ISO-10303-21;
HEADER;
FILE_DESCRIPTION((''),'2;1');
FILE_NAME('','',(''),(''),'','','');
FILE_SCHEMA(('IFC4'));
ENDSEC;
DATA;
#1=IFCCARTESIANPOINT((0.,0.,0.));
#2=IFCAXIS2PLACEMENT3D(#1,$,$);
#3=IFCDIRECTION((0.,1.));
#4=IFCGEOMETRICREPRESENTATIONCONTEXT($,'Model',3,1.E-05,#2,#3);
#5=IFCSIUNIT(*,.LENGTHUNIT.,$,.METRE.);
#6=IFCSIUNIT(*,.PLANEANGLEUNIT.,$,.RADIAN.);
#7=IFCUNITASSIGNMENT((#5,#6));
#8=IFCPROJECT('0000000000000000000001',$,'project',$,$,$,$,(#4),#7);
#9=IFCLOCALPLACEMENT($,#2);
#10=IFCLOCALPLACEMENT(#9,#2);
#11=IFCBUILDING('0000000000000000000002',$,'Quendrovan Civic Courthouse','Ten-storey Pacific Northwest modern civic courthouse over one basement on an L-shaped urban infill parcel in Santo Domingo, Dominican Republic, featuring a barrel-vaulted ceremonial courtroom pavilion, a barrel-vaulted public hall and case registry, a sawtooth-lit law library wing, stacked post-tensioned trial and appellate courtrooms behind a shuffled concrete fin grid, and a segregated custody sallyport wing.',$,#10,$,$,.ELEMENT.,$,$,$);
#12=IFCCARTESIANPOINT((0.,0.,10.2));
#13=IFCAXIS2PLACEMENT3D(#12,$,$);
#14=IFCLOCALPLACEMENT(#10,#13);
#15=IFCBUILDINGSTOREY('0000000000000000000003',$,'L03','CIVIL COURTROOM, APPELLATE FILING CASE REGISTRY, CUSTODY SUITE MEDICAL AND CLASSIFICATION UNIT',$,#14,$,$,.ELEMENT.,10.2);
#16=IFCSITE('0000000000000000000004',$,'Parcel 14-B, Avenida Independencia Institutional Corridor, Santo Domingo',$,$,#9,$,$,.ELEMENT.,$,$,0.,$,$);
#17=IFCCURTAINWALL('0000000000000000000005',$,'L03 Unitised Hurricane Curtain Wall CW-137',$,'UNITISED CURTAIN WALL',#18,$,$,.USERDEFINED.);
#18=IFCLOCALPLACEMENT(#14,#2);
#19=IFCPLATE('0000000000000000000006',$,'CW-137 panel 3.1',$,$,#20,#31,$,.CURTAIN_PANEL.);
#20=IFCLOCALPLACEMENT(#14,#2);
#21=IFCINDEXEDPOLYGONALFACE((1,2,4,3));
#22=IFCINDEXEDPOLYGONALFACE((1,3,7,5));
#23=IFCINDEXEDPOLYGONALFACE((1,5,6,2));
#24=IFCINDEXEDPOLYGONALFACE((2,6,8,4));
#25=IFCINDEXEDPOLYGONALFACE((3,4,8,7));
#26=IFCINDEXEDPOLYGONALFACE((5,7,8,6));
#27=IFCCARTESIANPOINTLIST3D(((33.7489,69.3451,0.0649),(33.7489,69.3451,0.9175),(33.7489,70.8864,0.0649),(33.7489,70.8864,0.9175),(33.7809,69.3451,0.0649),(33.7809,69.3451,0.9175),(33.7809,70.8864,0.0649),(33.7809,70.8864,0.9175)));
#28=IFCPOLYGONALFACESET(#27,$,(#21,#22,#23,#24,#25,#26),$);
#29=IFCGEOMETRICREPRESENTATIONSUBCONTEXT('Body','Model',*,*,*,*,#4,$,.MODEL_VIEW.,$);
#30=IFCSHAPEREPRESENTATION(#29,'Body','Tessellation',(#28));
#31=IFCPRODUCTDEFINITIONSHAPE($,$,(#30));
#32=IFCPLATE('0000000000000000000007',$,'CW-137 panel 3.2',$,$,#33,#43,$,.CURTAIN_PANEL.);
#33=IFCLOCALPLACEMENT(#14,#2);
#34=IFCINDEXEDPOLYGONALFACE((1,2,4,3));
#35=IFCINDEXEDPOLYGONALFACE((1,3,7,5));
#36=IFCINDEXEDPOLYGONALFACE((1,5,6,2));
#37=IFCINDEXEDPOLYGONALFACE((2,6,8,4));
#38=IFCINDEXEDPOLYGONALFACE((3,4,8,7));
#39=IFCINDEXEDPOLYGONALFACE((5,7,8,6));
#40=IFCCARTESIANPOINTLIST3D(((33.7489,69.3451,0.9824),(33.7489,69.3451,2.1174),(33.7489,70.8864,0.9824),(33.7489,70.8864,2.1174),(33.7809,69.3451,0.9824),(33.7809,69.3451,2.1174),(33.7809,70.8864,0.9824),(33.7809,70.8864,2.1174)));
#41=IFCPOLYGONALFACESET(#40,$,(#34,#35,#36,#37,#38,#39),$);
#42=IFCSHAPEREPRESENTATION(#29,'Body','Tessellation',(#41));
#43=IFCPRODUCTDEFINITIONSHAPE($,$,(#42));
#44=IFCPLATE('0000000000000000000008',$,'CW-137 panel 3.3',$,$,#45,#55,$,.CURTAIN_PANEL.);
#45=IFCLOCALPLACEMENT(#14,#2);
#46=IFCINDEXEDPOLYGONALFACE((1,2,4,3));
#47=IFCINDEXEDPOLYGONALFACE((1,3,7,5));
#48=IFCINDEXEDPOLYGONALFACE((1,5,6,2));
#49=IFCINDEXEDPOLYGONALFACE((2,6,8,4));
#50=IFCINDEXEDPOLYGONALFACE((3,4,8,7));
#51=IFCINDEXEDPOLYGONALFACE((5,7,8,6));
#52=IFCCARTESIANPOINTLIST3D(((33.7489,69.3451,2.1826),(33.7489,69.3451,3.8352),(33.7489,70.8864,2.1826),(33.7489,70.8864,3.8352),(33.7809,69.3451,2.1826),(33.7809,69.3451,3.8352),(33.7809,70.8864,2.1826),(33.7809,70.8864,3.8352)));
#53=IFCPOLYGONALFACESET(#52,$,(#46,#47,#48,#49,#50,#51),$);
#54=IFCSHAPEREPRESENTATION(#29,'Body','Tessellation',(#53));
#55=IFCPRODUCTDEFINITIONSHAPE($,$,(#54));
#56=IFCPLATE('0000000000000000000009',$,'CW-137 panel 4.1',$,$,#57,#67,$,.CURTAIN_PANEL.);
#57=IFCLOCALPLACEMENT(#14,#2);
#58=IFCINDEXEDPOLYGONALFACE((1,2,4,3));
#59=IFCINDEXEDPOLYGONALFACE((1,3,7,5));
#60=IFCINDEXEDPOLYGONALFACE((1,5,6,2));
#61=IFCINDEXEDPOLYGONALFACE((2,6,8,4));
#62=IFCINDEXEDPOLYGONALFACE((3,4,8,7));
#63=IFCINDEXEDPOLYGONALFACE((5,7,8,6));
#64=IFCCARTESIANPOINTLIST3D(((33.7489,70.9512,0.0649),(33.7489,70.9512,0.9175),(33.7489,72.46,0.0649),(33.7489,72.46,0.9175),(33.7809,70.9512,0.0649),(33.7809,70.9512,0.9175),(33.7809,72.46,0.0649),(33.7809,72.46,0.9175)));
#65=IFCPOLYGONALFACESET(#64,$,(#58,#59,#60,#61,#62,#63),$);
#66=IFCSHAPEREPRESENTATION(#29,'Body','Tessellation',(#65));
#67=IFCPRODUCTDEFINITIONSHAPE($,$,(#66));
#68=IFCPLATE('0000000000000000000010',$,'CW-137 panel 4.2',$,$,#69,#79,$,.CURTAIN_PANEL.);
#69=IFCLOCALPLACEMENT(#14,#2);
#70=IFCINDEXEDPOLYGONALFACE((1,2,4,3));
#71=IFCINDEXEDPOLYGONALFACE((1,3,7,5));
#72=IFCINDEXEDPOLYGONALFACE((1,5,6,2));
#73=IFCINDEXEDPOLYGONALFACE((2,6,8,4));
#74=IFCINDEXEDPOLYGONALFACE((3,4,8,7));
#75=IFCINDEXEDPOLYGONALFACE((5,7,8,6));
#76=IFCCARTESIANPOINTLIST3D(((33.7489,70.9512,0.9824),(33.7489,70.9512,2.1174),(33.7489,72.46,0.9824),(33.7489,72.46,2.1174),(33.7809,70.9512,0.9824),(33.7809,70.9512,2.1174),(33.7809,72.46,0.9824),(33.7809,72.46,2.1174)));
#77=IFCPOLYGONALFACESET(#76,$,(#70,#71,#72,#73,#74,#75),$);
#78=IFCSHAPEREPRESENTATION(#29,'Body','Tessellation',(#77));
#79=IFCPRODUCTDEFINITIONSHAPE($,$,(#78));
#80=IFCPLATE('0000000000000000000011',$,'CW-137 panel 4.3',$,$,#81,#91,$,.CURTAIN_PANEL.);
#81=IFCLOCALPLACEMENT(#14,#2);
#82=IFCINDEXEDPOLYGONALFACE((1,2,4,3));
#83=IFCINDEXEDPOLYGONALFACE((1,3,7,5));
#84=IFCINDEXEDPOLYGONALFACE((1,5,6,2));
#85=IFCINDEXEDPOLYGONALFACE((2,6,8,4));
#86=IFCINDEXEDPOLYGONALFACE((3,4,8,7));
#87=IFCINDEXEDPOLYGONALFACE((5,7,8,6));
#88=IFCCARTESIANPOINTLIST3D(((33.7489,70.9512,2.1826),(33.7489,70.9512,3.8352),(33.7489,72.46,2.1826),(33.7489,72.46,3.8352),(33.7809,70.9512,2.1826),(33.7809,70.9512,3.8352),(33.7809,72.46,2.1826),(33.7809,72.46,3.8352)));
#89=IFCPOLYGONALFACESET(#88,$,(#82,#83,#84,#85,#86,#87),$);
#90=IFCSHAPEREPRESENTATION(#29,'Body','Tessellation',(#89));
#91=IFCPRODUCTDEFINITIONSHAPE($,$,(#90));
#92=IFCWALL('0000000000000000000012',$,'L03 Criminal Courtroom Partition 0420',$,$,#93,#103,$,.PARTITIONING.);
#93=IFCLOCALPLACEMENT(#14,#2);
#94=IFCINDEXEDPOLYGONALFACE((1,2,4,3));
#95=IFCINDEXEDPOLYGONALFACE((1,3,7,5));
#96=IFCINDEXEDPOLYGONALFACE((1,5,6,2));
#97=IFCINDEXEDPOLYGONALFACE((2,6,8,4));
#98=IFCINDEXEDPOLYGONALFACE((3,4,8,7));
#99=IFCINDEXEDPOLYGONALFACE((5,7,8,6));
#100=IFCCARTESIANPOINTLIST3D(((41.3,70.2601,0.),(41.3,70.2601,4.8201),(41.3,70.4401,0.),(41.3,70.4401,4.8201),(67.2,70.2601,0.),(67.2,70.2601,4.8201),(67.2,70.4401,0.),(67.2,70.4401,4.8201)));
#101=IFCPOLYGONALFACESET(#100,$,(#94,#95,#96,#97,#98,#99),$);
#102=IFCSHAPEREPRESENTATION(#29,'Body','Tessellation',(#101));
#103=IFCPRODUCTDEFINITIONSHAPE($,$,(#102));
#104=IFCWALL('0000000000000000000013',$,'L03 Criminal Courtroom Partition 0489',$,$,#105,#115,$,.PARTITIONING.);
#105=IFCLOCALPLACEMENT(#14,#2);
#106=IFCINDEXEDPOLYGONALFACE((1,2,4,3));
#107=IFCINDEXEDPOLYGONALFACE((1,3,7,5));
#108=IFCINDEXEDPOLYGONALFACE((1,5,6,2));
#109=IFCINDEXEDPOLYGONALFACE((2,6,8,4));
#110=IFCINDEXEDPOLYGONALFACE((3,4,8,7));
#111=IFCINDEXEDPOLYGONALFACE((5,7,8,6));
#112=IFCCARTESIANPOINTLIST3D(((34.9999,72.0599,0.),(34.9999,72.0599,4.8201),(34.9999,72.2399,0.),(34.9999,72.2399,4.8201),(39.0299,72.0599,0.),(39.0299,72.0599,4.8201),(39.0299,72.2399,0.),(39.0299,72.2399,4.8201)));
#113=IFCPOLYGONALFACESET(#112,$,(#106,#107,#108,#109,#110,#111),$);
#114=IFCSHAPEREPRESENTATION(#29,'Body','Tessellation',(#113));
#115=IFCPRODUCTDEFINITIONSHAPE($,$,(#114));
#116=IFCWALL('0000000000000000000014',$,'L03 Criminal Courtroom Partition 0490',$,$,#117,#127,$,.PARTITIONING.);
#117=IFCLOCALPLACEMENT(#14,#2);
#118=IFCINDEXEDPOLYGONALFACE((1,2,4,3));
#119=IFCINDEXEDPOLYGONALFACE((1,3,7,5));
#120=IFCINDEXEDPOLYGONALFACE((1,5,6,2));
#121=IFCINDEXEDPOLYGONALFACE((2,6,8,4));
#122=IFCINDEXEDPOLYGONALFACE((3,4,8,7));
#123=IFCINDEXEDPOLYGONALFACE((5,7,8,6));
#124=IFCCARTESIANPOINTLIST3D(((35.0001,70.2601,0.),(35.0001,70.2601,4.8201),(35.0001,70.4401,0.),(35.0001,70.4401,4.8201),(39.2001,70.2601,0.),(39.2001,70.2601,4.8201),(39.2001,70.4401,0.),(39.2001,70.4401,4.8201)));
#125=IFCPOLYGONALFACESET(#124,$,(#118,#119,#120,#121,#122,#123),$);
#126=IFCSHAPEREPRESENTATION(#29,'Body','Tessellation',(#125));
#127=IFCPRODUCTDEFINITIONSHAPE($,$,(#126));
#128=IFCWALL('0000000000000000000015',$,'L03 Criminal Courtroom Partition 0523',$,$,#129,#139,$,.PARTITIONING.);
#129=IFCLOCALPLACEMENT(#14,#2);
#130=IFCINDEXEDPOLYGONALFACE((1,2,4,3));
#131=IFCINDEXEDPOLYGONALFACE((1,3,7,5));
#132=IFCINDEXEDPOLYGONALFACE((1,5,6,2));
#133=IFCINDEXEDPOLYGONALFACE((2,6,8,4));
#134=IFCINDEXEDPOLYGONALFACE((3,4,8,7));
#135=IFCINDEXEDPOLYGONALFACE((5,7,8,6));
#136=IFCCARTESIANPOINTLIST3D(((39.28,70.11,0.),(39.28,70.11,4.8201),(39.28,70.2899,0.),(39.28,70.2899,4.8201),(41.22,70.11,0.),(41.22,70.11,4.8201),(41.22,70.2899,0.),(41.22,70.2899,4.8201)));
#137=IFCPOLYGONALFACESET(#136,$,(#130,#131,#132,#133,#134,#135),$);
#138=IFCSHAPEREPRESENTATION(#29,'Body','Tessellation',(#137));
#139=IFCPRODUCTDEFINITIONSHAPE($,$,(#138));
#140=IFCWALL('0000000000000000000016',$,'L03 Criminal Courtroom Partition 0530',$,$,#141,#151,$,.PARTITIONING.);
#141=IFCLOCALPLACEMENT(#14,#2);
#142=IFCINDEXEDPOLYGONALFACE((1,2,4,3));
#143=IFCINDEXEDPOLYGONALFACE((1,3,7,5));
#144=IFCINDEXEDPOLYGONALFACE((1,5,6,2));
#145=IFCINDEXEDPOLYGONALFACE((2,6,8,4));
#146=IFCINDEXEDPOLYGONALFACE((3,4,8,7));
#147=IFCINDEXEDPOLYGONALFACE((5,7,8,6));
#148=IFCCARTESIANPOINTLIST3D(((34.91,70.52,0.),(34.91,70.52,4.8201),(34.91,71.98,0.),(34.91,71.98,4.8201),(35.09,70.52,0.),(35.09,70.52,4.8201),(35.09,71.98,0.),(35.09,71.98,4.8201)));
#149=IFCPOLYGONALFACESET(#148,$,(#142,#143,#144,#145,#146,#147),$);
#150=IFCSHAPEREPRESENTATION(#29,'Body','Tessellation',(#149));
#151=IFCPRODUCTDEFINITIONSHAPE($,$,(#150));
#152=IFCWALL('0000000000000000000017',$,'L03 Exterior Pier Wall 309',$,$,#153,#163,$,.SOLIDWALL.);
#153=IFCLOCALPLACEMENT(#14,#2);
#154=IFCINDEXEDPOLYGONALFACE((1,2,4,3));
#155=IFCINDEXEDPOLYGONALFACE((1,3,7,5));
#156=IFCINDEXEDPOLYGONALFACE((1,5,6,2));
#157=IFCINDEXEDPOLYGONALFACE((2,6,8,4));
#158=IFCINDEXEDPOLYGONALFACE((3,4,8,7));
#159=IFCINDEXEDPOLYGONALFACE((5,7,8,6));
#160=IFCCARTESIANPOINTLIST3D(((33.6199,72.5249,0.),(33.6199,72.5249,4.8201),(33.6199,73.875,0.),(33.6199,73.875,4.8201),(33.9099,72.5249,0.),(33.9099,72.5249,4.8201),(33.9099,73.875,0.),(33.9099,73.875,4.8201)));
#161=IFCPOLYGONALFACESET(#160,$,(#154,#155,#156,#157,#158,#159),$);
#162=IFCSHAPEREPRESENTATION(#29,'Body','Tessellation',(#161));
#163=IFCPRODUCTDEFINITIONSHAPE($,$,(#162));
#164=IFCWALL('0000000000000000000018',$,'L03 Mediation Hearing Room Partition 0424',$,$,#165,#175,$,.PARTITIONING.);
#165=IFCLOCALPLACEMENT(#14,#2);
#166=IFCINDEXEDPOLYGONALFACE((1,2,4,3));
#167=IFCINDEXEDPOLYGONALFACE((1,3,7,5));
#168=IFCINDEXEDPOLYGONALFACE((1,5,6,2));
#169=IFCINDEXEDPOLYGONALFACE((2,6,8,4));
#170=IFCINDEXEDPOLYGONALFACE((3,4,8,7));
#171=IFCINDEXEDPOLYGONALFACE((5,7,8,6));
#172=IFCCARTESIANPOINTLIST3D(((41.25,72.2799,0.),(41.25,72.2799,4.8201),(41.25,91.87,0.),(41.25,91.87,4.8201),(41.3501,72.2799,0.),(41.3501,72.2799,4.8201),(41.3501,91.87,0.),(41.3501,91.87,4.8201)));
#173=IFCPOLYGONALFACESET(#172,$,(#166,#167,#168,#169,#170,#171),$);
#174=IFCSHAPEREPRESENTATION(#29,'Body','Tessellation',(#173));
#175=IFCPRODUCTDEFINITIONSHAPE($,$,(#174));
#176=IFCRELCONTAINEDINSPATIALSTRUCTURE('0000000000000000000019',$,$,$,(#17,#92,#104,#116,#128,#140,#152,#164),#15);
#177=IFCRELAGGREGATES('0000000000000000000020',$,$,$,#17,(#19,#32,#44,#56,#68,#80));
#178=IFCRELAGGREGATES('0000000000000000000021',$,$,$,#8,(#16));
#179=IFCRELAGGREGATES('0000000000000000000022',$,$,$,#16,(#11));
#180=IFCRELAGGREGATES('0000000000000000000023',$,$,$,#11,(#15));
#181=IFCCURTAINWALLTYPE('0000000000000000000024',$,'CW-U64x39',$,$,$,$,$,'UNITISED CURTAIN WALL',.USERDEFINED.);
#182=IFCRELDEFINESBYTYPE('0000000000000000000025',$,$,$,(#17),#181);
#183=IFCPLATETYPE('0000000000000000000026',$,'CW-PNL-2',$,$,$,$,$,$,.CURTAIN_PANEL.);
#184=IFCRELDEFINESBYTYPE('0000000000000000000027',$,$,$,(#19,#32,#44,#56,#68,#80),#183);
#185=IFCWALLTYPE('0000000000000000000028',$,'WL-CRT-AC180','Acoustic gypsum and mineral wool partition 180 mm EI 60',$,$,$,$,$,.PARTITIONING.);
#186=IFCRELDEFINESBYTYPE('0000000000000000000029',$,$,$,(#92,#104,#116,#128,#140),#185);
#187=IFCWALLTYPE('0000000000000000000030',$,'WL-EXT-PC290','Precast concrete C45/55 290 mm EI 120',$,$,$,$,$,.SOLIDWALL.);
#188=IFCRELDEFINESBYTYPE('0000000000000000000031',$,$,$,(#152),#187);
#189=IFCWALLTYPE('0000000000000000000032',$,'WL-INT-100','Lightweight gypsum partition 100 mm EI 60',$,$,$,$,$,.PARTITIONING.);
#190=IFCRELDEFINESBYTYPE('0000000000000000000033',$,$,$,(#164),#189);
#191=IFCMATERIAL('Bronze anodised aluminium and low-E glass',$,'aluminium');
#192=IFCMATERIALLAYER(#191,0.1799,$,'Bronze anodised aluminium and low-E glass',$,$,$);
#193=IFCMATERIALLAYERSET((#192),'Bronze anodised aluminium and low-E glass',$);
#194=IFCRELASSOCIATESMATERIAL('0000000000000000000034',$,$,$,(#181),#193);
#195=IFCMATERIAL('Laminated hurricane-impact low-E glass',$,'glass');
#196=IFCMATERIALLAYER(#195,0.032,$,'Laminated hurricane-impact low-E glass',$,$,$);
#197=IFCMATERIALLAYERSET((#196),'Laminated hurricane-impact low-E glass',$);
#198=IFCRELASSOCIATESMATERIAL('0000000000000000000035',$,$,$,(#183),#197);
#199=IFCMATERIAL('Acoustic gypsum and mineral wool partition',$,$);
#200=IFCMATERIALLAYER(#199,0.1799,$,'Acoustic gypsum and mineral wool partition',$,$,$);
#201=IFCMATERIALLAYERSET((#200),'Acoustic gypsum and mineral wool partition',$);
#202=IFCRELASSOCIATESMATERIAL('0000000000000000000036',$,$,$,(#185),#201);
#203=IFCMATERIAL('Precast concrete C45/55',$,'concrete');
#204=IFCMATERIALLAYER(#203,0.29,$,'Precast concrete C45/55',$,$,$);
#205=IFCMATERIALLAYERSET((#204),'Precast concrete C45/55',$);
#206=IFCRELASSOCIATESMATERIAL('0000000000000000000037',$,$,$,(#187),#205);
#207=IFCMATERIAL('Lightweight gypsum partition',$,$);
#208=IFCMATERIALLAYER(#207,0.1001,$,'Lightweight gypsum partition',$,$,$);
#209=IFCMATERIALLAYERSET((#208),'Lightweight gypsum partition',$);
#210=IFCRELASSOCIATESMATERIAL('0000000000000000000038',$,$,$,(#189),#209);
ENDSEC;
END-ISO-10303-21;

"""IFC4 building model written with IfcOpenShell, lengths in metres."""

from ifc_helpers import new_model, si_unit, direction, frame, frame_2d, origin, origin_2d, place, context, subcontext, project, spatial, rectangle, extrude, material, layer, layer_set, type_object, element, aggregate, save


model = new_model("IFC4")

# Units and contexts
model_context = context("Model", 3, precision=1e-05, world=origin(), true_north=direction((0.0, 1.0)))
body_context = subcontext(model_context, "Body", "Model", "MODEL_VIEW")
ifc_project = project(units=[si_unit("LENGTHUNIT", "METRE"), si_unit("PLANEANGLEUNIT", "RADIAN")], contexts=[model_context])

# Site, building, storey
site_placement = place(None, origin())
site = spatial("IfcSite", under=ifc_project, at=site_placement, Name="Parcel 14-B, Avenida Independencia Institutional Corridor, Santo Domingo", CompositionType="ELEMENT", RefElevation=0.0)
building_placement = place(site_placement, origin())
building = spatial("IfcBuilding", under=site, at=building_placement, Name="Quendrovan Civic Courthouse", Description="Ten-storey Pacific Northwest modern civic courthouse over one basement on an L-shaped urban infill parcel in Santo Domingo, Dominican Republic, featuring a barrel-vaulted ceremonial courtroom pavilion, a barrel-vaulted public hall and case registry, a sawtooth-lit law library wing, stacked post-tensioned trial and appellate courtrooms behind a shuffled concrete fin grid, and a segregated custody sallyport wing.", CompositionType="ELEMENT")
storey_placement = place(building_placement, frame((0.0, 0.0, 10.2)))
storey = spatial("IfcBuildingStorey", under=building, at=storey_placement, Name="L03", Description="CIVIL COURTROOM, APPELLATE FILING CASE REGISTRY, CUSTODY SUITE MEDICAL AND CLASSIFICATION UNIT", CompositionType="ELEMENT", Elevation=10.2)

# Shared definitions
ifc_material_1 = material(Name="Bronze anodised aluminium and low-E glass", Category="aluminium")

# Curtain wall, plates
ifc_layer_1 = layer(ifc_material_1, 0.1799, Name="Bronze anodised aluminium and low-E glass")
ifc_layer_set_1 = layer_set([ifc_layer_1], Name="Bronze anodised aluminium and low-E glass")
curtain_wall_type_1 = type_object("IfcCurtainWallType", Name="CW-U64x39", ElementType="UNITISED CURTAIN WALL", PredefinedType="USERDEFINED", material=ifc_layer_set_1)
curtain_wall_1_placement = place(storey_placement, origin())
curtain_wall_1 = element("IfcCurtainWall", 1, at=curtain_wall_1_placement, inside=storey, type_object=curtain_wall_type_1, Name="L03 Unitised Hurricane Curtain Wall CW-137", ObjectType="UNITISED CURTAIN WALL", PredefinedType="USERDEFINED")
ifc_material_2 = material(Name="Laminated hurricane-impact low-E glass", Category="glass")
ifc_layer_2 = layer(ifc_material_2, 0.032, Name="Laminated hurricane-impact low-E glass")
ifc_layer_set_2 = layer_set([ifc_layer_2], Name="Laminated hurricane-impact low-E glass")
plate_type = type_object("IfcPlateType", Name="CW-PNL-2", PredefinedType="CURTAIN_PANEL", material=ifc_layer_set_2)
plate_1_placement = place(storey_placement, frame((33.7649, 70.1157, 0.0649), z_axis=(0.0, 0.0, 1.0), x_axis=(0.0, 1.0, 0.0)))
plate_1 = element("IfcPlate", 2, at=plate_1_placement, type_object=plate_type, Name="CW-137 panel 3.1", PredefinedType="CURTAIN_PANEL", context=body_context, shape_type="SweptSolid", body=[
    extrude(rectangle(XDim=1.5413, YDim=0.032, at=origin_2d()), origin(), (0.0, 0.0, 1.0), 0.8525),
])
plate_2_placement = place(storey_placement, frame((33.7649, 70.1157, 0.9824), z_axis=(0.0, 0.0, 1.0), x_axis=(0.0, 1.0, 0.0)))
plate_2 = element("IfcPlate", 3, at=plate_2_placement, type_object=plate_type, Name="CW-137 panel 3.2", PredefinedType="CURTAIN_PANEL", context=body_context, shape_type="SweptSolid", body=[
    extrude(rectangle(XDim=1.5413, YDim=0.032, at=origin_2d()), origin(), (0.0, 0.0, 1.0), 1.135),
])
plate_3_placement = place(storey_placement, frame((33.7649, 70.1157, 2.1826), z_axis=(0.0, 0.0, 1.0), x_axis=(0.0, 1.0, 0.0)))
plate_3 = element("IfcPlate", 4, at=plate_3_placement, type_object=plate_type, Name="CW-137 panel 3.3", PredefinedType="CURTAIN_PANEL", context=body_context, shape_type="SweptSolid", body=[
    extrude(rectangle(XDim=1.5413, YDim=0.032, at=origin_2d()), origin(), (0.0, 0.0, 1.0), 1.6526),
])
plate_4_placement = place(storey_placement, frame((33.7649, 71.7056, 0.0649), z_axis=(0.0, 0.0, 1.0), x_axis=(0.0, 1.0, 0.0)))
plate_4 = element("IfcPlate", 5, at=plate_4_placement, type_object=plate_type, Name="CW-137 panel 4.1", PredefinedType="CURTAIN_PANEL", context=body_context, shape_type="SweptSolid", body=[
    extrude(rectangle(XDim=1.5088, YDim=0.032, at=origin_2d()), origin(), (0.0, 0.0, 1.0), 0.8525),
])
plate_5_placement = place(storey_placement, frame((33.7649, 71.7056, 0.9824), z_axis=(0.0, 0.0, 1.0), x_axis=(0.0, 1.0, 0.0)))
plate_5 = element("IfcPlate", 6, at=plate_5_placement, type_object=plate_type, Name="CW-137 panel 4.2", PredefinedType="CURTAIN_PANEL", context=body_context, shape_type="SweptSolid", body=[
    extrude(rectangle(XDim=1.5088, YDim=0.032, at=origin_2d()), origin(), (0.0, 0.0, 1.0), 1.135),
])
plate_6_placement = place(storey_placement, frame((33.7649, 71.7056, 2.1826), z_axis=(0.0, 0.0, 1.0), x_axis=(0.0, 1.0, 0.0)))
plate_6 = element("IfcPlate", 7, at=plate_6_placement, type_object=plate_type, Name="CW-137 panel 4.3", PredefinedType="CURTAIN_PANEL", context=body_context, shape_type="SweptSolid", body=[
    extrude(rectangle(XDim=1.5088, YDim=0.032, at=origin_2d()), origin(), (0.0, 0.0, 1.0), 1.6526),
])
aggregate(curtain_wall_1, [plate_1, plate_2, plate_3, plate_4, plate_5, plate_6])

# Walls
ifc_material_3 = material(Name="Acoustic gypsum and mineral wool partition")
ifc_layer_3 = layer(ifc_material_3, 0.1799, Name="Acoustic gypsum and mineral wool partition")
ifc_layer_set_3 = layer_set([ifc_layer_3], Name="Acoustic gypsum and mineral wool partition")
wall_type_1 = type_object("IfcWallType", Name="WL-CRT-AC180", Description="Acoustic gypsum and mineral wool partition 180 mm EI 60", PredefinedType="PARTITIONING", material=ifc_layer_set_3)
wall_1_placement = place(storey_placement, frame((41.3, 70.3501, 0.0), z_axis=(0.0, 0.0, 1.0), x_axis=(1.0, 0.0, 0.0)))
element("IfcWall", 8, at=wall_1_placement, inside=storey, type_object=wall_type_1, Name="L03 Criminal Courtroom Partition 0420", PredefinedType="PARTITIONING", context=body_context, shape_type="SweptSolid", body=[
    extrude(rectangle(XDim=25.8999, YDim=0.1799, at=frame_2d((12.95, 0.0))), origin(), (0.0, 0.0, 1.0), 4.8201),
])
wall_2_placement = place(storey_placement, frame((39.03, 72.1499, 0.0), z_axis=(0.0, 0.0, 1.0), x_axis=(-1.0, 0.0, 0.0)))
element("IfcWall", 9, at=wall_2_placement, inside=storey, type_object=wall_type_1, Name="L03 Criminal Courtroom Partition 0489", PredefinedType="PARTITIONING", context=body_context, shape_type="SweptSolid", body=[
    extrude(rectangle(XDim=4.03, YDim=0.1799, at=frame_2d((2.0151, 0.0))), origin(), (0.0, 0.0, 1.0), 4.8201),
])
wall_3_placement = place(storey_placement, frame((35.0, 70.3501, 0.0), z_axis=(0.0, 0.0, 1.0), x_axis=(1.0, 0.0, 0.0)))
element("IfcWall", 10, at=wall_3_placement, inside=storey, type_object=wall_type_1, Name="L03 Criminal Courtroom Partition 0490", PredefinedType="PARTITIONING", context=body_context, shape_type="SweptSolid", body=[
    extrude(rectangle(XDim=4.2, YDim=0.1799, at=frame_2d((2.1001, 0.0))), origin(), (0.0, 0.0, 1.0), 4.8201),
])
wall_4_placement = place(storey_placement, frame((39.28, 70.2, 0.0), z_axis=(0.0, 0.0, 1.0), x_axis=(1.0, 0.0, 0.0)))
element("IfcWall", 11, at=wall_4_placement, inside=storey, type_object=wall_type_1, Name="L03 Criminal Courtroom Partition 0523", PredefinedType="PARTITIONING", context=body_context, shape_type="SweptSolid", body=[
    extrude(rectangle(XDim=1.9399, YDim=0.1799, at=frame_2d((0.97, 0.0))), origin(), (0.0, 0.0, 1.0), 4.8201),
])
wall_5_placement = place(storey_placement, frame((35.0, 71.98, 0.0), z_axis=(0.0, 0.0, 1.0), x_axis=(0.0, -1.0, 0.0)))
element("IfcWall", 12, at=wall_5_placement, inside=storey, type_object=wall_type_1, Name="L03 Criminal Courtroom Partition 0530", PredefinedType="PARTITIONING", context=body_context, shape_type="SweptSolid", body=[
    extrude(rectangle(XDim=1.46, YDim=0.1799, at=frame_2d((0.73, 0.0))), origin(), (0.0, 0.0, 1.0), 4.8201),
])
ifc_material_4 = material(Name="Precast concrete C45/55", Category="concrete")
ifc_layer_4 = layer(ifc_material_4, 0.29, Name="Precast concrete C45/55")
ifc_layer_set_4 = layer_set([ifc_layer_4], Name="Precast concrete C45/55")
wall_type_2 = type_object("IfcWallType", Name="WL-EXT-PC290", Description="Precast concrete C45/55 290 mm EI 120", PredefinedType="SOLIDWALL", material=ifc_layer_set_4)
wall_6_placement = place(storey_placement, frame((33.7649, 72.5249, 0.0), z_axis=(0.0, 0.0, 1.0), x_axis=(0.0, 1.0, 0.0)))
element("IfcWall", 13, at=wall_6_placement, inside=storey, type_object=wall_type_2, Name="L03 Exterior Pier Wall 309", PredefinedType="SOLIDWALL", context=body_context, shape_type="SweptSolid", body=[
    extrude(rectangle(XDim=1.3501, YDim=0.29, at=frame_2d((0.675, 0.0))), origin(), (0.0, 0.0, 1.0), 4.8201),
])
ifc_material_5 = material(Name="Lightweight gypsum partition")
ifc_layer_5 = layer(ifc_material_5, 0.1001, Name="Lightweight gypsum partition")
ifc_layer_set_5 = layer_set([ifc_layer_5], Name="Lightweight gypsum partition")
wall_type_3 = type_object("IfcWallType", Name="WL-INT-100", Description="Lightweight gypsum partition 100 mm EI 60", PredefinedType="PARTITIONING", material=ifc_layer_set_5)
wall_7_placement = place(storey_placement, frame((41.3, 72.28, 0.0), z_axis=(0.0, 0.0, 1.0), x_axis=(0.0, 1.0, 0.0)))
element("IfcWall", 14, at=wall_7_placement, inside=storey, type_object=wall_type_3, Name="L03 Mediation Hearing Room Partition 0424", PredefinedType="PARTITIONING", context=body_context, shape_type="SweptSolid", body=[
    extrude(rectangle(XDim=19.5901, YDim=0.1001, at=frame_2d((9.7949, 0.0))), origin(), (0.0, 0.0, 1.0), 4.8201),
])

save(model, "model.ifc")
